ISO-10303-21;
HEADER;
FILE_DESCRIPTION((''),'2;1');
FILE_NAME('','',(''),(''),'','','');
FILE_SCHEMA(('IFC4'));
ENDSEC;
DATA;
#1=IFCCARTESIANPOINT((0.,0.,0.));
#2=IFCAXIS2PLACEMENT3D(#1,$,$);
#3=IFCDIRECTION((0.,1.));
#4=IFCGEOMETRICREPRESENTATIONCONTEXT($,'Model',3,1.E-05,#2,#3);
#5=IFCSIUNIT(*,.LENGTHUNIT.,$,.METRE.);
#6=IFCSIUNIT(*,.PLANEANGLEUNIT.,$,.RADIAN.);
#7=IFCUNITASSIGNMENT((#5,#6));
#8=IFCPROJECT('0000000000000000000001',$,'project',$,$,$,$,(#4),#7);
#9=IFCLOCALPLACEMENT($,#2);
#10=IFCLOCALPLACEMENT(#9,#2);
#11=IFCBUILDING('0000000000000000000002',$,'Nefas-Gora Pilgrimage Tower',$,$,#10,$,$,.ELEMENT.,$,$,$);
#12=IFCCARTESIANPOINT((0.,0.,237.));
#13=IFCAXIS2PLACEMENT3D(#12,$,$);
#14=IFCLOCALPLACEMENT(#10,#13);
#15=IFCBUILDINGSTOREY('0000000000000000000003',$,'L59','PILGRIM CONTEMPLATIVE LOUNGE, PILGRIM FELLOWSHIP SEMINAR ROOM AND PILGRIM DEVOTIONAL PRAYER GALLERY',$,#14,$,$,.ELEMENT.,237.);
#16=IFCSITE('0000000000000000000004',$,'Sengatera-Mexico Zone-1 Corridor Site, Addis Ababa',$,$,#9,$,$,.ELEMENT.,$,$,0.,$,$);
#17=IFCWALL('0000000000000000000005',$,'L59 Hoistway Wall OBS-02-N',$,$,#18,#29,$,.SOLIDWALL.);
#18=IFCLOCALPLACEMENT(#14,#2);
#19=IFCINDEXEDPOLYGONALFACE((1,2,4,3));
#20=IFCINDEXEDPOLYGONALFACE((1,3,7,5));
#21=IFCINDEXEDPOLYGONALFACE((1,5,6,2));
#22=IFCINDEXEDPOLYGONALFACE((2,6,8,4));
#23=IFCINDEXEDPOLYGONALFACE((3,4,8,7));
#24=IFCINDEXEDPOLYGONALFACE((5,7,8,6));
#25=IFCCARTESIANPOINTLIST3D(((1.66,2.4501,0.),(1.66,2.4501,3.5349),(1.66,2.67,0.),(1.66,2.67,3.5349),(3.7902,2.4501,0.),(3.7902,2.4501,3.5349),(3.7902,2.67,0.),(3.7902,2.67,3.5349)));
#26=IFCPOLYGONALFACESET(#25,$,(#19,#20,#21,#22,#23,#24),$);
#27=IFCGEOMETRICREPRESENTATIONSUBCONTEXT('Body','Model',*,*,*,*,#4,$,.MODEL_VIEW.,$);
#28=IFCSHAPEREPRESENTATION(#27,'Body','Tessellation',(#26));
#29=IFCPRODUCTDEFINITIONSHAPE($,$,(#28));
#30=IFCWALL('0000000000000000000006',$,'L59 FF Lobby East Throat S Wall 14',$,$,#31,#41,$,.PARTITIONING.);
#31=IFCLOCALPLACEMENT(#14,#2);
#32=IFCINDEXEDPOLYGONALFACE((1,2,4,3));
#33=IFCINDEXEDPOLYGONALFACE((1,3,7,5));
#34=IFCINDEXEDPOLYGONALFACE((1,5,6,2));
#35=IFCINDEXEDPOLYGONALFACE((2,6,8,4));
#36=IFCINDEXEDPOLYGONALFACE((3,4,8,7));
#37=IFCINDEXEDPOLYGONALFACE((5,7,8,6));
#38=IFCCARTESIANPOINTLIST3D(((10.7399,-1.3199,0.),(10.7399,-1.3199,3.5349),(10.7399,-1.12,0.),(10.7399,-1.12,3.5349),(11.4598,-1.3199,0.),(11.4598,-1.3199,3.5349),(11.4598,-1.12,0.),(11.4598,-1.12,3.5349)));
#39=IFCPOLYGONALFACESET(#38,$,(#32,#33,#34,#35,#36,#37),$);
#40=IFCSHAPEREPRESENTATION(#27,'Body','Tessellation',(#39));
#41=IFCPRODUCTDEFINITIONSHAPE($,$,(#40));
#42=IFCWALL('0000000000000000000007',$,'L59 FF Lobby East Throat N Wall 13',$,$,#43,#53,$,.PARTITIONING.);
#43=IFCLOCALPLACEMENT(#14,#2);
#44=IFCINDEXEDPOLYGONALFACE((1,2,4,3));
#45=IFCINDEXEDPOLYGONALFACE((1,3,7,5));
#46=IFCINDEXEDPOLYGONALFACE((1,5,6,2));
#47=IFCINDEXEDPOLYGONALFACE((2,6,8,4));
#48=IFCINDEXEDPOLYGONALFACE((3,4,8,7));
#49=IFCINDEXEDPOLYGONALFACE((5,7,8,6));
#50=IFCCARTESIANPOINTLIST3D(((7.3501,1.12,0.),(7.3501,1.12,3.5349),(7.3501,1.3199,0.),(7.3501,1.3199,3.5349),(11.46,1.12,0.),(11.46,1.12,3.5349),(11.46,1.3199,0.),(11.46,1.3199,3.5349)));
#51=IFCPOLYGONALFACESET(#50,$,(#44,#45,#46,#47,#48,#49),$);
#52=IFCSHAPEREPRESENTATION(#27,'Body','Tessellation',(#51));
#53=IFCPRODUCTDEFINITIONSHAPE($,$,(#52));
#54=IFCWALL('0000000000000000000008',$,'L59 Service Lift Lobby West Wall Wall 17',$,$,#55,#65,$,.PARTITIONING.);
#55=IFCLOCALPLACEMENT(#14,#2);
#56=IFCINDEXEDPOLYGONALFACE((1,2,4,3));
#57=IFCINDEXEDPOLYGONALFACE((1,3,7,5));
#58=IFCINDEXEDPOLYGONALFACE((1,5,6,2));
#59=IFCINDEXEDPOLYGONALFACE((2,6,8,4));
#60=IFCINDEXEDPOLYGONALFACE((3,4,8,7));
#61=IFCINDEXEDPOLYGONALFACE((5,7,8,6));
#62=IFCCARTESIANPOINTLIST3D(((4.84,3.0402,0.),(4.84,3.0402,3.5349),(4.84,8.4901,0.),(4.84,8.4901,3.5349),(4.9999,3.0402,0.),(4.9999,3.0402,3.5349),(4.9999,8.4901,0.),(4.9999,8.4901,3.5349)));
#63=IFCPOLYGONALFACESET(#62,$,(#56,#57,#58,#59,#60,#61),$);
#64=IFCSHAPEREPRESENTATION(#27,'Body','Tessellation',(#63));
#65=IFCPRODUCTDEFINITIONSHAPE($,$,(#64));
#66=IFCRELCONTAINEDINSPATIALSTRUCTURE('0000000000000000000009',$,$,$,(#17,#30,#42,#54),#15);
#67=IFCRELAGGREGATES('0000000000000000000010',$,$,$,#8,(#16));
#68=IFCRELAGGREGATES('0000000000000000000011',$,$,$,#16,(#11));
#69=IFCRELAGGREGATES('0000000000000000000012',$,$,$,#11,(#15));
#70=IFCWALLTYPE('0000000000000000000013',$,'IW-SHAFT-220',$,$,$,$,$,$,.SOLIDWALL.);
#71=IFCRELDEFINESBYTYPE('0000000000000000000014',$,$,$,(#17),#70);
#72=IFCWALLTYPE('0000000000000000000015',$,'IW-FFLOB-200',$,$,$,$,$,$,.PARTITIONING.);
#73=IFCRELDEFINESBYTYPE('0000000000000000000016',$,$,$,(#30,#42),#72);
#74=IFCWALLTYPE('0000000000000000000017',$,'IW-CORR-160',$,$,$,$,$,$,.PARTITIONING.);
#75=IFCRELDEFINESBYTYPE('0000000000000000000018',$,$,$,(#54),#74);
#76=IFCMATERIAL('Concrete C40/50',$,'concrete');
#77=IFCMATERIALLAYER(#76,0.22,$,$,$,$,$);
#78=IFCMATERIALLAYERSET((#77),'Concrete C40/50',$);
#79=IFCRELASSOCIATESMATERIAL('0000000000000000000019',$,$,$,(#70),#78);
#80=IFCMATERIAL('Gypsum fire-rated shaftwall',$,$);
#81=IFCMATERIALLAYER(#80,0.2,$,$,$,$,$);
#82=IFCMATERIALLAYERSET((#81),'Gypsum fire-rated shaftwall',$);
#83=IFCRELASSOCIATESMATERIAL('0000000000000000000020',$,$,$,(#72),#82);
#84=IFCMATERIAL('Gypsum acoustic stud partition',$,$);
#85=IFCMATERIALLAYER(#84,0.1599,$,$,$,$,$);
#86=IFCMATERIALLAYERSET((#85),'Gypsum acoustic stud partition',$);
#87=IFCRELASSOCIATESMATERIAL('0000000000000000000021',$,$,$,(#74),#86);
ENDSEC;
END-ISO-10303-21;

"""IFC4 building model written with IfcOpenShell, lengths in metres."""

from ifc_helpers import new_model, si_unit, direction, frame, frame_2d, origin, place, context, subcontext, project, spatial, rectangle, extrude, source, transform, mapped, material, layer, layer_set, type_object, element, save


model = new_model("IFC4")

# Units and contexts
model_context = context("Model", 3, precision=1e-05, world=origin(), true_north=direction((0.0, 1.0)))
body_context = subcontext(model_context, "Body", "Model", "MODEL_VIEW")
ifc_project = project(units=[si_unit("LENGTHUNIT", "METRE"), si_unit("PLANEANGLEUNIT", "RADIAN")], contexts=[model_context])

# Site, building, storey
site_placement = place(None, origin())
site = spatial("IfcSite", under=ifc_project, at=site_placement, Name="Sengatera-Mexico Zone-1 Corridor Site, Addis Ababa", CompositionType="ELEMENT", RefElevation=0.0)
building_placement = place(site_placement, origin())
building = spatial("IfcBuilding", under=site, at=building_placement, Name="Nefas-Gora Pilgrimage Tower", CompositionType="ELEMENT")
storey_placement = place(building_placement, frame((0.0, 0.0, 237.0)))
storey = spatial("IfcBuildingStorey", under=building, at=storey_placement, Name="L59", Description="PILGRIM CONTEMPLATIVE LOUNGE, PILGRIM FELLOWSHIP SEMINAR ROOM AND PILGRIM DEVOTIONAL PRAYER GALLERY", CompositionType="ELEMENT", Elevation=237.0)

# Shared definitions
ifc_material_1 = material(Name="Concrete C40/50", Category="concrete")
ifc_layer_1 = layer(ifc_material_1, 0.22)
ifc_layer_set_1 = layer_set([ifc_layer_1], Name="Concrete C40/50")
wall_type_1 = type_object("IfcWallType", Name="IW-SHAFT-220", PredefinedType="SOLIDWALL", material=ifc_layer_set_1)

# Walls
shared_shape_1 = source(origin(), body_context, "Body", "SweptSolid", [
    extrude(rectangle(XDim=2.1301, YDim=0.22, at=frame_2d((1.0649, 0.0))), origin(), (0.0, 0.0, 1.0), 3.5349),
])
wall_1_placement = place(storey_placement, frame((3.79, 2.5601, 0.0), z_axis=(0.0, 0.0, 1.0), x_axis=(-1.0, 0.0, 0.0)))
element("IfcWall", 1, at=wall_1_placement, inside=storey, type_object=wall_type_1, Name="L59 Hoistway Wall OBS-02-N", PredefinedType="SOLIDWALL", context=body_context, shape_type="MappedRepresentation", body=[
    mapped(shared_shape_1, transform((0.0, 0.0, 0.0), x_axis=(1.0, 0.0, 0.0), y_axis=(0.0, 1.0, 0.0), z_axis=(0.0, 0.0, 1.0), scale=1.0)),
])
ifc_material_2 = material(Name="Gypsum fire-rated shaftwall")
ifc_layer_2 = layer(ifc_material_2, 0.2)
ifc_layer_set_2 = layer_set([ifc_layer_2], Name="Gypsum fire-rated shaftwall")
wall_type_2 = type_object("IfcWallType", Name="IW-FFLOB-200", PredefinedType="PARTITIONING", material=ifc_layer_set_2)
shared_shape_2 = source(origin(), body_context, "Body", "SweptSolid", [
    extrude(rectangle(XDim=0.72, YDim=0.2, at=frame_2d((0.3599, 0.0))), origin(), (0.0, 0.0, 1.0), 3.5349),
])
wall_2_placement = place(storey_placement, frame((10.74, -1.22, 0.0), z_axis=(0.0, 0.0, 1.0), x_axis=(1.0, 0.0, 0.0)))
element("IfcWall", 2, at=wall_2_placement, inside=storey, type_object=wall_type_2, Name="L59 FF Lobby East Throat S Wall 14", PredefinedType="PARTITIONING", context=body_context, shape_type="MappedRepresentation", body=[
    mapped(shared_shape_2, transform((0.0, 0.0, 0.0), x_axis=(1.0, 0.0, 0.0), y_axis=(0.0, 1.0, 0.0), z_axis=(0.0, 0.0, 1.0), scale=1.0)),
])

# Walls
shared_shape_3 = source(origin(), body_context, "Body", "SweptSolid", [
    extrude(rectangle(XDim=4.1099, YDim=0.2, at=frame_2d((2.0549, 0.0))), origin(), (0.0, 0.0, 1.0), 3.5349),
])
wall_3_placement = place(storey_placement, frame((7.3501, 1.22, 0.0), z_axis=(0.0, 0.0, 1.0), x_axis=(1.0, 0.0, 0.0)))
element("IfcWall", 3, at=wall_3_placement, inside=storey, type_object=wall_type_2, Name="L59 FF Lobby East Throat N Wall 13", PredefinedType="PARTITIONING", context=body_context, shape_type="MappedRepresentation", body=[
    mapped(shared_shape_3, transform((0.0, 0.0, 0.0), x_axis=(1.0, 0.0, 0.0), y_axis=(0.0, 1.0, 0.0), z_axis=(0.0, 0.0, 1.0), scale=1.0)),
])
ifc_material_3 = material(Name="Gypsum acoustic stud partition")
ifc_layer_3 = layer(ifc_material_3, 0.1599)
ifc_layer_set_3 = layer_set([ifc_layer_3], Name="Gypsum acoustic stud partition")
wall_type_3 = type_object("IfcWallType", Name="IW-CORR-160", PredefinedType="PARTITIONING", material=ifc_layer_set_3)
shared_shape_4 = source(origin(), body_context, "Body", "SweptSolid", [
    extrude(rectangle(XDim=5.45, YDim=0.1599, at=frame_2d((2.7251, 0.0))), origin(), (0.0, 0.0, 1.0), 3.5349),
])
wall_4_placement = place(storey_placement, frame((4.9199, 3.04, 0.0), z_axis=(0.0, 0.0, 1.0), x_axis=(0.0, 1.0, 0.0)))
element("IfcWall", 4, at=wall_4_placement, inside=storey, type_object=wall_type_3, Name="L59 Service Lift Lobby West Wall Wall 17", PredefinedType="PARTITIONING", context=body_context, shape_type="MappedRepresentation", body=[
    mapped(shared_shape_4, transform((0.0, 0.0, 0.0), x_axis=(1.0, 0.0, 0.0), y_axis=(0.0, 1.0, 0.0), z_axis=(0.0, 0.0, 1.0), scale=1.0)),
])

save(model, "model.ifc")
